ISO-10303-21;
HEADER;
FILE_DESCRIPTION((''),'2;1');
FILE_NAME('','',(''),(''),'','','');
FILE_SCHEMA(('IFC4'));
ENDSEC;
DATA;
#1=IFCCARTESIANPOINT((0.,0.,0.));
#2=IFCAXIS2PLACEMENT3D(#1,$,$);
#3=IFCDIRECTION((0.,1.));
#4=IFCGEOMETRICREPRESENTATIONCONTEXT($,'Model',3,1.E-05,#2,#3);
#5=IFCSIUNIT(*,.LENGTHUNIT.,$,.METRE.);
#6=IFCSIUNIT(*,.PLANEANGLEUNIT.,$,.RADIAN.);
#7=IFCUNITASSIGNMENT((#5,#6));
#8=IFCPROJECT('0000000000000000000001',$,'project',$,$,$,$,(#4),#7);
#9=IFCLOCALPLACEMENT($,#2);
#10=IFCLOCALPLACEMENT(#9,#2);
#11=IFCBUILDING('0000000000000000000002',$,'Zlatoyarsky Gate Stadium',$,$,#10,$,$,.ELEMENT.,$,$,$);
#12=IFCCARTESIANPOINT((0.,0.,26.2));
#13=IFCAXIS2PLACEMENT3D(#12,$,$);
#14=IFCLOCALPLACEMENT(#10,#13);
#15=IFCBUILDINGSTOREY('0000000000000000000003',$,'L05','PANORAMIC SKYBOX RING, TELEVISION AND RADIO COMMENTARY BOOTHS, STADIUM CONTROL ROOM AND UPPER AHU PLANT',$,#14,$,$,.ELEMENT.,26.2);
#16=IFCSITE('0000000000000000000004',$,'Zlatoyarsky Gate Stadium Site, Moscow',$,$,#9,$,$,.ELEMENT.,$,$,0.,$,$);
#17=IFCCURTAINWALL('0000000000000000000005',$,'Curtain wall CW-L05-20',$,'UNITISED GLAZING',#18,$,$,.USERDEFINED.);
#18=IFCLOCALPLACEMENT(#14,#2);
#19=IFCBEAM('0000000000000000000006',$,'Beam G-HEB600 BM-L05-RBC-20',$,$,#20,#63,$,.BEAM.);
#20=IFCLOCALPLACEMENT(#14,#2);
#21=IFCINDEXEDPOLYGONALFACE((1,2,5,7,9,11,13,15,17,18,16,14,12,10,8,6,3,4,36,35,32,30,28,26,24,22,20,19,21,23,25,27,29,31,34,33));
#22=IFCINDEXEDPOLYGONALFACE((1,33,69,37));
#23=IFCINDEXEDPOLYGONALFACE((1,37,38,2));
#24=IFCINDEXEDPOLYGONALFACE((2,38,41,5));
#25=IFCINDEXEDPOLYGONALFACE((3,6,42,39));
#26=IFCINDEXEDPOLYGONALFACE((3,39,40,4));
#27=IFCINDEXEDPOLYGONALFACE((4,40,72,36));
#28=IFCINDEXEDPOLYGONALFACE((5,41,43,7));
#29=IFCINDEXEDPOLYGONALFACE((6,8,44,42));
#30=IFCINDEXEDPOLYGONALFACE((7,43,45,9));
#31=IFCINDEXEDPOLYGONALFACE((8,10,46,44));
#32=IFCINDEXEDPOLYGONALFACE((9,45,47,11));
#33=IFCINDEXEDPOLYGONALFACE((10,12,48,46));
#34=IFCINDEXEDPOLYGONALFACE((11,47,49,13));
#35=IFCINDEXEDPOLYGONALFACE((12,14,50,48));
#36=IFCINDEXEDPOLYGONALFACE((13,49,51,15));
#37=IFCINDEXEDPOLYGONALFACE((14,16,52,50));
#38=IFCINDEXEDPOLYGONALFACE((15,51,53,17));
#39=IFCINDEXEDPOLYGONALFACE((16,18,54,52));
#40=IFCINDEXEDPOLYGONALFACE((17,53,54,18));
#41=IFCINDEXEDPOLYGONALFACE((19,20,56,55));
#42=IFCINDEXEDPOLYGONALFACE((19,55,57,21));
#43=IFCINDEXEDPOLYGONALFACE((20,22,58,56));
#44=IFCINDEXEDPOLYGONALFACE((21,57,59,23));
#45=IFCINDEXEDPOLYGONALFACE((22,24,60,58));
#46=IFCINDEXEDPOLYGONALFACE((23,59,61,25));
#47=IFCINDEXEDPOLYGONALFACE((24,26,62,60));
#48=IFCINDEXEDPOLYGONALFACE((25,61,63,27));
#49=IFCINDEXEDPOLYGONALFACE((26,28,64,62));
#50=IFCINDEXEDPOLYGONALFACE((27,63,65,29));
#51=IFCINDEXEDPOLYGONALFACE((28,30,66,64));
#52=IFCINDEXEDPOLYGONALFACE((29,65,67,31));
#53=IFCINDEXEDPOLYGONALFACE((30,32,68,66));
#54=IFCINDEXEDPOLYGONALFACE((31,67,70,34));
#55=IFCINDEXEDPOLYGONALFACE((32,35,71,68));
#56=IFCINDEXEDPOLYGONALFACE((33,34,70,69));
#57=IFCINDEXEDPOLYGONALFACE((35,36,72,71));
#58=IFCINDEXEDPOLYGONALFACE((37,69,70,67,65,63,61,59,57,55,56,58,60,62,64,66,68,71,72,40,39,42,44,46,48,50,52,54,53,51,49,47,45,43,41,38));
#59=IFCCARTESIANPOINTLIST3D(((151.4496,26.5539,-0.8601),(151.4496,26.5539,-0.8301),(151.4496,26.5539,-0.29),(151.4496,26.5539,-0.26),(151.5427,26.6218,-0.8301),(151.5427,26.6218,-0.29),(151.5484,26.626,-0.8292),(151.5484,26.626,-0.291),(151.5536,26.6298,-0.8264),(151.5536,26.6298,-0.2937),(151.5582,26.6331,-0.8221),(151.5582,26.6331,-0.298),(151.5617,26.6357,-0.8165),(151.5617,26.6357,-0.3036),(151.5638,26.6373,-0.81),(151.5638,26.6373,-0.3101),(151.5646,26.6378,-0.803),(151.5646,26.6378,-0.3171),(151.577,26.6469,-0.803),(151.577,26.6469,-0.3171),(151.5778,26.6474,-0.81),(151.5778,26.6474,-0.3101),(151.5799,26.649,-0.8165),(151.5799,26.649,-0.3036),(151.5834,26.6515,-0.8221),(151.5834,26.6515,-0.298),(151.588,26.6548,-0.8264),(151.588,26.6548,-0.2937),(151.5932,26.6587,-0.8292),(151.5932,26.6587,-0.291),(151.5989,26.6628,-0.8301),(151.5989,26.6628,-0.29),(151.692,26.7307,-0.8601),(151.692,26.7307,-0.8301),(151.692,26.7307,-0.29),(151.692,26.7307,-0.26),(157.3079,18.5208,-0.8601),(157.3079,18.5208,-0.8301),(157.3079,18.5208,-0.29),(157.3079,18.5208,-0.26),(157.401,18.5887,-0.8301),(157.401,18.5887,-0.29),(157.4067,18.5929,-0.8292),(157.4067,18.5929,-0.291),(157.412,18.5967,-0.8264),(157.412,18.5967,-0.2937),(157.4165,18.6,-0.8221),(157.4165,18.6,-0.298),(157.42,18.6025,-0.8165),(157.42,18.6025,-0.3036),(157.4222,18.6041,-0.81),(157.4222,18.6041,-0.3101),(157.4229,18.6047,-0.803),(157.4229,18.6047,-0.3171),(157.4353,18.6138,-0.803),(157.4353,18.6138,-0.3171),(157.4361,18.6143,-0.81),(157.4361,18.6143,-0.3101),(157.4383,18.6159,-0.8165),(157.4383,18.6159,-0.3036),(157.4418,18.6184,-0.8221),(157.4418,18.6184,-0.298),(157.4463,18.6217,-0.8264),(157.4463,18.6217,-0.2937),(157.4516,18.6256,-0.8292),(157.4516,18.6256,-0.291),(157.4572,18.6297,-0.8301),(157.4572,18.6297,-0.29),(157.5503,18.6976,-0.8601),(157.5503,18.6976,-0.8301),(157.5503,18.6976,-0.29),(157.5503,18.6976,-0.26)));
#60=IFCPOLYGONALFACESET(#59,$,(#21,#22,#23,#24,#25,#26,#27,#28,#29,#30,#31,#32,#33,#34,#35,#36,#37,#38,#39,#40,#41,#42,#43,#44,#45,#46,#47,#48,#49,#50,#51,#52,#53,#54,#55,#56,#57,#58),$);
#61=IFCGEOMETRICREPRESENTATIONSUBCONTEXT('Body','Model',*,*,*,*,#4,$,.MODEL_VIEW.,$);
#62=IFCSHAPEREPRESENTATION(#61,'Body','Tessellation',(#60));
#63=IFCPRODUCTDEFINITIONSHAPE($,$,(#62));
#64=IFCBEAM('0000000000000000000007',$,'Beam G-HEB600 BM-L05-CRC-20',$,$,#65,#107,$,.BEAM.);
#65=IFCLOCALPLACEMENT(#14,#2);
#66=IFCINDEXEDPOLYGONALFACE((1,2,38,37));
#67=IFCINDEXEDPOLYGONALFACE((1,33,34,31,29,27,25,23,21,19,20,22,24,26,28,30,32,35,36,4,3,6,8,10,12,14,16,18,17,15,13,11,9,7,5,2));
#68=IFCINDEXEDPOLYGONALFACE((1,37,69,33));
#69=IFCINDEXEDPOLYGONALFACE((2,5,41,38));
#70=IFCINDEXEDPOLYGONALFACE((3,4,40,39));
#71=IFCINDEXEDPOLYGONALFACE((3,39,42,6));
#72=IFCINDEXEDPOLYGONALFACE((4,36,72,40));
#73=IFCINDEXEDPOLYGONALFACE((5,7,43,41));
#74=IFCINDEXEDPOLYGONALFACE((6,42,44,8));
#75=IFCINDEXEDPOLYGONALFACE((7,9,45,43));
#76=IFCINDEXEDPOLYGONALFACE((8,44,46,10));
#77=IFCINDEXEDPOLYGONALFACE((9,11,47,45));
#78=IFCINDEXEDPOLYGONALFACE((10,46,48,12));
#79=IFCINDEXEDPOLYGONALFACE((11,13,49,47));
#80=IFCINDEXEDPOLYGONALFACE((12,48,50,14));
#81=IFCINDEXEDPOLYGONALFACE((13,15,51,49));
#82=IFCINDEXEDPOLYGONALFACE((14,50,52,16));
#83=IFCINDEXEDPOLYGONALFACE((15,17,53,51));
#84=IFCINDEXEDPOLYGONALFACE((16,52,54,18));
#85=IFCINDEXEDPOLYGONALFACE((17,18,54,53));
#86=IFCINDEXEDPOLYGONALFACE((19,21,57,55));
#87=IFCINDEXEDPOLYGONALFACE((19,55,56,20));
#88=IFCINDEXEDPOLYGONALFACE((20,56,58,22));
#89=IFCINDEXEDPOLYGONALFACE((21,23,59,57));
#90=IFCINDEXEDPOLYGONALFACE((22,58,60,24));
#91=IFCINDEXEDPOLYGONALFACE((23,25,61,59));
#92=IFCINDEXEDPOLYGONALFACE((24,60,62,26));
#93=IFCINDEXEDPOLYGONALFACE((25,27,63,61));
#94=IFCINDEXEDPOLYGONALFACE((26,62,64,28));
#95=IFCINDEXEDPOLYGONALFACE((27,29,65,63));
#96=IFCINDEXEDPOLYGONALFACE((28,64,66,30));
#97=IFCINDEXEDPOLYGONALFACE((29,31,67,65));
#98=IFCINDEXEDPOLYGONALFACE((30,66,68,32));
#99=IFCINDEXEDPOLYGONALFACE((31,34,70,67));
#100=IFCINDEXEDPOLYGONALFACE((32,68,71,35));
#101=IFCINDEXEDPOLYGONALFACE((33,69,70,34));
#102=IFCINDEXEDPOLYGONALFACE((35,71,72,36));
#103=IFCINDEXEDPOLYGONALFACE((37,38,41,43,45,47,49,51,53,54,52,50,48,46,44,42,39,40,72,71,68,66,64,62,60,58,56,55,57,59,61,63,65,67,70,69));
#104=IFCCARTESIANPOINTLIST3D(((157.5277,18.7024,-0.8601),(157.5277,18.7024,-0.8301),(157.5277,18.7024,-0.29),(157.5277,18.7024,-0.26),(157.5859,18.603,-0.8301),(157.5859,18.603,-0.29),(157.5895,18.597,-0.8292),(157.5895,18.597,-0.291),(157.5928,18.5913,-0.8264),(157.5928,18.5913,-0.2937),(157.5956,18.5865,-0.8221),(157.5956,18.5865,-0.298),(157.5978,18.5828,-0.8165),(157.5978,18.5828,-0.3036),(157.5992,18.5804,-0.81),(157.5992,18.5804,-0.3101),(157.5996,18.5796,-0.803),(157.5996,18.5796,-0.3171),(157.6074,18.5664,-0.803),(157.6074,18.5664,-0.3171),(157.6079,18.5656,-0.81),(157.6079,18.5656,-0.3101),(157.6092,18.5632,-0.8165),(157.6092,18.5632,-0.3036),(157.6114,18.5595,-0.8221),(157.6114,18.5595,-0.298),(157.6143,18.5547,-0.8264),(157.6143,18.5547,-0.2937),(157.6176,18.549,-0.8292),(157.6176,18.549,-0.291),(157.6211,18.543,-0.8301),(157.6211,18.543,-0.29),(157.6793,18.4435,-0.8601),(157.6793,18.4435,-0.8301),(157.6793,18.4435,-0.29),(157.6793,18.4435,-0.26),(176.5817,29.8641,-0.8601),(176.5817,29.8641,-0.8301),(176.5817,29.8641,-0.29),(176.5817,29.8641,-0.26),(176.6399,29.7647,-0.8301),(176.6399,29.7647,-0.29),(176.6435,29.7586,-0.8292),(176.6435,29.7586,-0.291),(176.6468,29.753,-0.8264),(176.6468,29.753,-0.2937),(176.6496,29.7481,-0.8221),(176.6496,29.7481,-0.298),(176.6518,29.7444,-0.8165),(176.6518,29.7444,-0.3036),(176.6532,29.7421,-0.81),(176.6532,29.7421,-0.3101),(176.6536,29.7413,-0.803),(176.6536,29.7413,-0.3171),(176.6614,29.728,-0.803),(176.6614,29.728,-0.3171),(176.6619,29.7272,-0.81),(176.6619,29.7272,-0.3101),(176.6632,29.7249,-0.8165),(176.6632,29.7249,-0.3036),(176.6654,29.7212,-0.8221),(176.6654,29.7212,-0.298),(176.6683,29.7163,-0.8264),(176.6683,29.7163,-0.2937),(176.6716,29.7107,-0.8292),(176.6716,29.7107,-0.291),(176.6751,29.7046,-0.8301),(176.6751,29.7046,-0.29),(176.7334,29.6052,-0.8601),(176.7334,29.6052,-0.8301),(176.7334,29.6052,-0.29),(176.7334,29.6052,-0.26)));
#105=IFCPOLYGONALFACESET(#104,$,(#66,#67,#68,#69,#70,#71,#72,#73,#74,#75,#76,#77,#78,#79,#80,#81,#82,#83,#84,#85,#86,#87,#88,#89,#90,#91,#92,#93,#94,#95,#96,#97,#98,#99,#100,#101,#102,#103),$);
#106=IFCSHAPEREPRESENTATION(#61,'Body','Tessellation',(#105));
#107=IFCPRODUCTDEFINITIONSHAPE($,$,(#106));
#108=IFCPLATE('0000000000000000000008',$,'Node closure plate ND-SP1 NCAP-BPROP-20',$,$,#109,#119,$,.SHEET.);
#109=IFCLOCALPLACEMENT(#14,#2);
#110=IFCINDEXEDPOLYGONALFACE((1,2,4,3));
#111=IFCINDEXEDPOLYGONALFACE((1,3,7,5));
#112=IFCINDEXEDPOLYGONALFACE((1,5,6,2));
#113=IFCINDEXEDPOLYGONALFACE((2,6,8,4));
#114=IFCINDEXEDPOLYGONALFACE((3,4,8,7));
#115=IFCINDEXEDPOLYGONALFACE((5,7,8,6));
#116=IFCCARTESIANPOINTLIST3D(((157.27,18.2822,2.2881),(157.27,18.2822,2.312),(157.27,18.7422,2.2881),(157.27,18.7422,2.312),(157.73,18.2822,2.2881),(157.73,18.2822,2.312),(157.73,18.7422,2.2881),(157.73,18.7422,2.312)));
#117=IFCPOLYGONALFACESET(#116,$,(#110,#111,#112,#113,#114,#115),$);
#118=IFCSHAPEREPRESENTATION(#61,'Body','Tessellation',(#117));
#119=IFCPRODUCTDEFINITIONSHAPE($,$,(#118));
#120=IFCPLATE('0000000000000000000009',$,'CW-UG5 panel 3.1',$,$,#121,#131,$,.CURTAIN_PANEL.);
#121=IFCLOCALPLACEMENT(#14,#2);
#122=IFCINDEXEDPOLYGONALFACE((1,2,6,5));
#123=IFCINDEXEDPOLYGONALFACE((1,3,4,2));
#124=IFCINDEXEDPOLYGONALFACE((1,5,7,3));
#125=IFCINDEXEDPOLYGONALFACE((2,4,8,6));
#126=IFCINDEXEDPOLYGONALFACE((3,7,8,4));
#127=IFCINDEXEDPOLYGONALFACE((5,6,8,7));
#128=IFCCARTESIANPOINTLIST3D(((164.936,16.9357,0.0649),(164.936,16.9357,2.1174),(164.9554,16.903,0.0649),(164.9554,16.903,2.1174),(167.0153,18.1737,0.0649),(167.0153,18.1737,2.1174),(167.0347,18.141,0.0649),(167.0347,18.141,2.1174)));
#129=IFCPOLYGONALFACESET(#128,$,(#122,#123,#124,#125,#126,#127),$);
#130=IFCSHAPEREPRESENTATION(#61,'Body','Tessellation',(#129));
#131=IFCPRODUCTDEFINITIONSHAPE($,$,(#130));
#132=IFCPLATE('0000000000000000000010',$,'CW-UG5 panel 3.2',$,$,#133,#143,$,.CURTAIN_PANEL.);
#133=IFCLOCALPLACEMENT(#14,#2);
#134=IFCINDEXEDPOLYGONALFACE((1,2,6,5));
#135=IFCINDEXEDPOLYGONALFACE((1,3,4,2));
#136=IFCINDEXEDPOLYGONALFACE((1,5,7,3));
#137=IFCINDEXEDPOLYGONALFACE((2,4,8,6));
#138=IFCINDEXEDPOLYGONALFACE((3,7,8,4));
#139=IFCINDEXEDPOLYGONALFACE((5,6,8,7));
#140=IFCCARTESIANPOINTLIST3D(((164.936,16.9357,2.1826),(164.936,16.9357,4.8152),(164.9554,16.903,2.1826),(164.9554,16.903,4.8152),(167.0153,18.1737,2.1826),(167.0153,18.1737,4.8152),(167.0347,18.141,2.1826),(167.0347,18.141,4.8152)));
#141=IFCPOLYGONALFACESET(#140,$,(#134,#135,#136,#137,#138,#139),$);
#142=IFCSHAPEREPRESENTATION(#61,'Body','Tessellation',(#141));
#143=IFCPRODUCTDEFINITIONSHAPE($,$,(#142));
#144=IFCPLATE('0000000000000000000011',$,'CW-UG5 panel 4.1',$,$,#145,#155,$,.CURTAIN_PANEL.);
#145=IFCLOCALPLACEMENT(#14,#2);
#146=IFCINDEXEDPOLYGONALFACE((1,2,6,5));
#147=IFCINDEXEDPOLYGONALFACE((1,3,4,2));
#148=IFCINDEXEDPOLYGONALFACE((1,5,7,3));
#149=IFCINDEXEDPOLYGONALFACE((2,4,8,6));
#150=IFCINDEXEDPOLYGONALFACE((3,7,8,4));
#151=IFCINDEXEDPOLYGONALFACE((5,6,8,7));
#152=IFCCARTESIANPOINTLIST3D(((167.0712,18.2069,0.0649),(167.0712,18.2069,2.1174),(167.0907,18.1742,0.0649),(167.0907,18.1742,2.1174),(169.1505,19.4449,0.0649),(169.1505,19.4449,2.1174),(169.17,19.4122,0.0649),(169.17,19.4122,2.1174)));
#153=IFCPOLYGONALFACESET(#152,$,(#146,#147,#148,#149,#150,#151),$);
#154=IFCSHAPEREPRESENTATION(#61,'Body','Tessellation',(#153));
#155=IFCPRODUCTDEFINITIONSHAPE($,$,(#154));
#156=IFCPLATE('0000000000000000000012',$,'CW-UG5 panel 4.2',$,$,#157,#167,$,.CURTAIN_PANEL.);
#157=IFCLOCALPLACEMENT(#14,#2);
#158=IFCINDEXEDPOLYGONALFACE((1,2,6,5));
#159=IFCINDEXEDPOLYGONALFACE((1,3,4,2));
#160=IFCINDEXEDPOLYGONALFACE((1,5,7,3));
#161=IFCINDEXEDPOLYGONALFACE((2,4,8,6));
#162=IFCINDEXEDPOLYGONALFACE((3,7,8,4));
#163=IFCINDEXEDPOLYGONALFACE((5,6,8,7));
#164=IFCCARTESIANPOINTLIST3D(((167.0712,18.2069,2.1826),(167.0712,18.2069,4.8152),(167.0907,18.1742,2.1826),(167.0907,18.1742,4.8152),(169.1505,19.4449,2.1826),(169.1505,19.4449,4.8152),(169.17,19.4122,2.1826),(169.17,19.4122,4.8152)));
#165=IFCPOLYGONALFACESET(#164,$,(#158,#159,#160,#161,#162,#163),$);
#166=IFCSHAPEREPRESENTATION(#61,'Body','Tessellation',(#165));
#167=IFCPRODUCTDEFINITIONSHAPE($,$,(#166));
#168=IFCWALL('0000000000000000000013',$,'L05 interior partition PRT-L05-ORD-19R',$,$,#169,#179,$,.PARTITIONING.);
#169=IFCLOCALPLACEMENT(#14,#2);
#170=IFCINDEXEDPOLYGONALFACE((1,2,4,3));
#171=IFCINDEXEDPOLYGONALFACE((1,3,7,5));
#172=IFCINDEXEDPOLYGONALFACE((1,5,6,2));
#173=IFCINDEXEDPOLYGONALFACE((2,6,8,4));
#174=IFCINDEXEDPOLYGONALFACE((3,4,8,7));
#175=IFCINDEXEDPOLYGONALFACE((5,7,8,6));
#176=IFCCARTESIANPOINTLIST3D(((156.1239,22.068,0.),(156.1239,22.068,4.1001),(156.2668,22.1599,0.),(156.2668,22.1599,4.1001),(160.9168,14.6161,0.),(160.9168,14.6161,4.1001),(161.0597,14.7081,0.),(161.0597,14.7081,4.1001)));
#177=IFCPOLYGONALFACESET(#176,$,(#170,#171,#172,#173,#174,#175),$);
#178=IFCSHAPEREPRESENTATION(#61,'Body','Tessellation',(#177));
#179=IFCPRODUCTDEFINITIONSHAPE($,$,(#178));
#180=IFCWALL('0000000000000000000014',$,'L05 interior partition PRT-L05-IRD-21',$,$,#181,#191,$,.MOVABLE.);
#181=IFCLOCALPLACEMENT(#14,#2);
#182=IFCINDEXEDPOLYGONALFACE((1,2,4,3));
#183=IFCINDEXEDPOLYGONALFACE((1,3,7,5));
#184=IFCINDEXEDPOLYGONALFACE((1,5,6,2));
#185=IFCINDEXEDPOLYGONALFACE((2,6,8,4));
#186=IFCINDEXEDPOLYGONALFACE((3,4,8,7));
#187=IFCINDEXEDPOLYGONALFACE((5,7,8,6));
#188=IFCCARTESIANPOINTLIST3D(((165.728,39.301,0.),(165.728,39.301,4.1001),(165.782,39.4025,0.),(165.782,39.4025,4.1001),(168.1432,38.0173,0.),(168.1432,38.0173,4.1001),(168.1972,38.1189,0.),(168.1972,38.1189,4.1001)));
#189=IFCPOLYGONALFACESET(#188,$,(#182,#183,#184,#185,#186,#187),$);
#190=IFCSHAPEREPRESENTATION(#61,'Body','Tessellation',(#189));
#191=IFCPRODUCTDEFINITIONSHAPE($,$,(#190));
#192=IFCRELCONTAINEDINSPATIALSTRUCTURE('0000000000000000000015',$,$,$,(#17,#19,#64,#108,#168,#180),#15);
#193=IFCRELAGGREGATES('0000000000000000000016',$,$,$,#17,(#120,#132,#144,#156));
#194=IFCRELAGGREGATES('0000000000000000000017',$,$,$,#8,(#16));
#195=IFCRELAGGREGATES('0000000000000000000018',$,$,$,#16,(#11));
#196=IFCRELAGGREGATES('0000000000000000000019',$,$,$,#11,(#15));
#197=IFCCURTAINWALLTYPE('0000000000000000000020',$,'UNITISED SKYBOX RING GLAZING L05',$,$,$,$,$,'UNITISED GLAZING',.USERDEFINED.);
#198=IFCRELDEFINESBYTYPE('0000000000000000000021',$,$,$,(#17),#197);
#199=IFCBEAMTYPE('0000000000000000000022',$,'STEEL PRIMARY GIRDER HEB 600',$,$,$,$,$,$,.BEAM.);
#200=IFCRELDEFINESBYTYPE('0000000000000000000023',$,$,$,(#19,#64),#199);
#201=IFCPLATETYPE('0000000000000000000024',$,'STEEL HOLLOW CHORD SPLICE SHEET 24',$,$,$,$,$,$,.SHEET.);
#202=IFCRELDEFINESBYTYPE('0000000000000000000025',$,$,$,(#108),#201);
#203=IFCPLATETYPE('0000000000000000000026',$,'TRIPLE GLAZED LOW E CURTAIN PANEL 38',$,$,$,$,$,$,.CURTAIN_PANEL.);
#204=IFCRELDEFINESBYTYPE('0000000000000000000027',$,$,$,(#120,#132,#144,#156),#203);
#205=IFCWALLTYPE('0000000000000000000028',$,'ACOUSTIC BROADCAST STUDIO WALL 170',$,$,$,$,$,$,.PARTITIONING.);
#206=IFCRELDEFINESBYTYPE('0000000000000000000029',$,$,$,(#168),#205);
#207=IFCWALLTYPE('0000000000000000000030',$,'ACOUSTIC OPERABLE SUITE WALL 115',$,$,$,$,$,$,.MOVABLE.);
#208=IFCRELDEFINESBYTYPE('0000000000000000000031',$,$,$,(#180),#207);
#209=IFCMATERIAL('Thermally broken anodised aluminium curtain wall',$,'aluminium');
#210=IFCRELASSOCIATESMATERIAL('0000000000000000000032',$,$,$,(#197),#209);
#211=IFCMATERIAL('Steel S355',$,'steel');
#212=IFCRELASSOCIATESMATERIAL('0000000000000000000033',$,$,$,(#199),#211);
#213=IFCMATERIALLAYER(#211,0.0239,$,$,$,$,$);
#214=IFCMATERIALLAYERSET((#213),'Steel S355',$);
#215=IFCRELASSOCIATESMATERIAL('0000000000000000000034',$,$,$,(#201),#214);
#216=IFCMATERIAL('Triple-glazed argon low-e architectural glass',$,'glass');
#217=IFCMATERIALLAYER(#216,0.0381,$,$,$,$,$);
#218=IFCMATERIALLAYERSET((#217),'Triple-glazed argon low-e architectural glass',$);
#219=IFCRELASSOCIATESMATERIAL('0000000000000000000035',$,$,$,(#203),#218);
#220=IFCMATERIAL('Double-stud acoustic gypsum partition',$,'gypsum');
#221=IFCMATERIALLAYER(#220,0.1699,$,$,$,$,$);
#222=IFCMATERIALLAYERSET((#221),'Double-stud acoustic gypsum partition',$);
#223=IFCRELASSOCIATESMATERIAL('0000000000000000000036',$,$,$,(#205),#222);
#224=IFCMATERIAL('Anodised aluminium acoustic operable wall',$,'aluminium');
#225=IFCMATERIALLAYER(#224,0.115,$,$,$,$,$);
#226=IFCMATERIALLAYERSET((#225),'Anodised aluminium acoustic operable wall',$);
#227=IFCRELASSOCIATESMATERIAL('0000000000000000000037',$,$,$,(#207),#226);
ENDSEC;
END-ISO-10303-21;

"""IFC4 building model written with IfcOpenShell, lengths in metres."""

from ifc_helpers import new_model, si_unit, direction, frame, frame_2d, origin, origin_2d, place, context, subcontext, project, spatial, rectangle, i_section, extrude, material, layer, layer_set, material_profile, profile_set, type_object, element, aggregate, save


model = new_model("IFC4")

# Units and contexts
model_context = context("Model", 3, precision=1e-05, world=origin(), true_north=direction((0.0, 1.0)))
body_context = subcontext(model_context, "Body", "Model", "MODEL_VIEW")
ifc_project = project(units=[si_unit("LENGTHUNIT", "METRE"), si_unit("PLANEANGLEUNIT", "RADIAN")], contexts=[model_context])

# Site, building, storey
site_placement = place(None, origin())
site = spatial("IfcSite", under=ifc_project, at=site_placement, Name="Zlatoyarsky Gate Stadium Site, Moscow", CompositionType="ELEMENT", RefElevation=0.0)
building_placement = place(site_placement, origin())
building = spatial("IfcBuilding", under=site, at=building_placement, Name="Zlatoyarsky Gate Stadium", CompositionType="ELEMENT")
storey_placement = place(building_placement, frame((0.0, 0.0, 26.2)))
storey = spatial("IfcBuildingStorey", under=building, at=storey_placement, Name="L05", Description="PANORAMIC SKYBOX RING, TELEVISION AND RADIO COMMENTARY BOOTHS, STADIUM CONTROL ROOM AND UPPER AHU PLANT", CompositionType="ELEMENT", Elevation=26.2)

# Shared definitions
ifc_material_1 = material(Name="Steel S355", Category="steel")

# Curtain wall
ifc_material_2 = material(Name="Thermally broken anodised aluminium curtain wall", Category="aluminium")
curtain_wall_type = type_object("IfcCurtainWallType", Name="UNITISED SKYBOX RING GLAZING L05", ElementType="UNITISED GLAZING", PredefinedType="USERDEFINED", material=ifc_material_2)
curtain_wall_placement = place(storey_placement, origin())
curtain_wall = element("IfcCurtainWall", 1, at=curtain_wall_placement, inside=storey, type_object=curtain_wall_type, Name="Curtain wall CW-L05-20", ObjectType="UNITISED GLAZING", PredefinedType="USERDEFINED")

# Beams
ifc_material_profile_1 = material_profile(ifc_material_1, i_section(OverallWidth=0.3, OverallDepth=0.6001, WebThickness=0.0154, FlangeThickness=0.03, FilletRadius=0.0271, at=origin_2d()), Name="HEB 600")
ifc_profile_set_1 = profile_set([ifc_material_profile_1], Name="Steel S355")
beam_type_1 = type_object("IfcBeamType", Name="STEEL PRIMARY GIRDER HEB 600", PredefinedType="BEAM", material=ifc_profile_set_1)
beam_1_placement = place(storey_placement, frame((151.5708, 26.6423, -0.5601), z_axis=(0.589228, -0.807967, 0.0), x_axis=(0.807967, 0.589228, 0.0)))
element("IfcBeam", 2, at=beam_1_placement, inside=storey, type_object=beam_type_1, Name="Beam G-HEB600 BM-L05-RBC-20", PredefinedType="BEAM", context=body_context, shape_type="SweptSolid", body=[
    extrude(i_section(OverallWidth=0.3, OverallDepth=0.6001, WebThickness=0.0154, FlangeThickness=0.03, FilletRadius=0.0271, at=origin_2d()), origin(), (0.0, 0.0, 1.0), 9.9424),
])
beam_2_placement = place(storey_placement, frame((157.6035, 18.573, -0.5601), z_axis=(0.862855, 0.505452, 0.0), x_axis=(-0.505452, 0.862855, 0.0)))
element("IfcBeam", 3, at=beam_2_placement, inside=storey, type_object=beam_type_1, Name="Beam G-HEB600 BM-L05-CRC-20", PredefinedType="BEAM", context=body_context, shape_type="SweptSolid", body=[
    extrude(i_section(OverallWidth=0.3, OverallDepth=0.6001, WebThickness=0.0154, FlangeThickness=0.03, FilletRadius=0.0271, at=origin_2d()), origin(), (0.0, 0.0, 1.0), 22.0825),
])

# Plates
ifc_layer_1 = layer(ifc_material_1, 0.0239)
ifc_layer_set_1 = layer_set([ifc_layer_1], Name="Steel S355")
plate_type_1 = type_object("IfcPlateType", Name="STEEL HOLLOW CHORD SPLICE SHEET 24", PredefinedType="SHEET", material=ifc_layer_set_1)
plate_1_placement = place(storey_placement, frame((157.5, 18.5122, 2.2881), z_axis=(0.0, 0.0, 1.0), x_axis=(1.0, 0.0, 0.0)))
element("IfcPlate", 4, at=plate_1_placement, inside=storey, type_object=plate_type_1, Name="Node closure plate ND-SP1 NCAP-BPROP-20", PredefinedType="SHEET", context=body_context, shape_type="SweptSolid", body=[
    extrude(rectangle(XDim=0.46, YDim=0.46, at=origin_2d()), origin(), (0.0, 0.0, 1.0), 0.0239),
])
ifc_material_3 = material(Name="Triple-glazed argon low-e architectural glass", Category="glass")
ifc_layer_2 = layer(ifc_material_3, 0.0381)
ifc_layer_set_2 = layer_set([ifc_layer_2], Name="Triple-glazed argon low-e architectural glass")
plate_type_2 = type_object("IfcPlateType", Name="TRIPLE GLAZED LOW E CURTAIN PANEL 38", PredefinedType="CURTAIN_PANEL", material=ifc_layer_set_2)
plate_2_placement = place(storey_placement, frame((165.9854, 17.5383, 0.0649), z_axis=(0.0, 0.0, 1.0), x_axis=(0.859237, 0.511577, 0.0)))
plate_2 = element("IfcPlate", 5, at=plate_2_placement, type_object=plate_type_2, Name="CW-UG5 panel 3.1", PredefinedType="CURTAIN_PANEL", context=body_context, shape_type="SweptSolid", body=[
    extrude(rectangle(XDim=2.4199, YDim=0.0381, at=origin_2d()), origin(), (0.0, 0.0, 1.0), 2.0525),
])
plate_3_placement = place(storey_placement, frame((165.9854, 17.5383, 2.1826), z_axis=(0.0, 0.0, 1.0), x_axis=(0.859237, 0.511577, 0.0)))
plate_3 = element("IfcPlate", 6, at=plate_3_placement, type_object=plate_type_2, Name="CW-UG5 panel 3.2", PredefinedType="CURTAIN_PANEL", context=body_context, shape_type="SweptSolid", body=[
    extrude(rectangle(XDim=2.4199, YDim=0.0381, at=origin_2d()), origin(), (0.0, 0.0, 1.0), 2.6326),
])
plate_4_placement = place(storey_placement, frame((168.1206, 18.8096, 0.0649), z_axis=(0.0, 0.0, 1.0), x_axis=(0.859237, 0.511577, 0.0)))
plate_4 = element("IfcPlate", 7, at=plate_4_placement, type_object=plate_type_2, Name="CW-UG5 panel 4.1", PredefinedType="CURTAIN_PANEL", context=body_context, shape_type="SweptSolid", body=[
    extrude(rectangle(XDim=2.4199, YDim=0.0381, at=origin_2d()), origin(), (0.0, 0.0, 1.0), 2.0525),
])
plate_5_placement = place(storey_placement, frame((168.1206, 18.8096, 2.1826), z_axis=(0.0, 0.0, 1.0), x_axis=(0.859237, 0.511577, 0.0)))
plate_5 = element("IfcPlate", 8, at=plate_5_placement, type_object=plate_type_2, Name="CW-UG5 panel 4.2", PredefinedType="CURTAIN_PANEL", context=body_context, shape_type="SweptSolid", body=[
    extrude(rectangle(XDim=2.4199, YDim=0.0381, at=origin_2d()), origin(), (0.0, 0.0, 1.0), 2.6326),
])
aggregate(curtain_wall, [plate_2, plate_3, plate_4, plate_5])

# Walls
ifc_material_4 = material(Name="Double-stud acoustic gypsum partition", Category="gypsum")
ifc_layer_3 = layer(ifc_material_4, 0.1699)
ifc_layer_set_3 = layer_set([ifc_layer_3], Name="Double-stud acoustic gypsum partition")
wall_type_1 = type_object("IfcWallType", Name="ACOUSTIC BROADCAST STUDIO WALL 170", PredefinedType="PARTITIONING", material=ifc_layer_set_3)
wall_1_placement = place(storey_placement, frame((156.1953, 22.114, 0.0), z_axis=(0.0, 0.0, 1.0), x_axis=(0.540954, -0.841052, 0.0)))
element("IfcWall", 9, at=wall_1_placement, inside=storey, type_object=wall_type_1, Name="L05 interior partition PRT-L05-ORD-19R", PredefinedType="PARTITIONING", context=body_context, shape_type="SweptSolid", body=[
    extrude(rectangle(XDim=8.8601, YDim=0.1699, at=frame_2d((4.4302, 0.0))), origin(), (0.0, 0.0, 1.0), 4.1001),
])
ifc_material_5 = material(Name="Anodised aluminium acoustic operable wall", Category="aluminium")
ifc_layer_4 = layer(ifc_material_5, 0.115)
ifc_layer_set_4 = layer_set([ifc_layer_4], Name="Anodised aluminium acoustic operable wall")
wall_type_2 = type_object("IfcWallType", Name="ACOUSTIC OPERABLE SUITE WALL 115", PredefinedType="MOVABLE", material=ifc_layer_set_4)
wall_2_placement = place(storey_placement, frame((165.7549, 39.3518, 0.0), z_axis=(0.0, 0.0, 1.0), x_axis=(0.883029, -0.469318, 0.0)))
element("IfcWall", 10, at=wall_2_placement, inside=storey, type_object=wall_type_2, Name="L05 interior partition PRT-L05-IRD-21", PredefinedType="MOVABLE", context=body_context, shape_type="SweptSolid", body=[
    extrude(rectangle(XDim=2.7351, YDim=0.115, at=frame_2d((1.3677, 0.0))), origin(), (0.0, 0.0, 1.0), 4.1001),
])

save(model, "model.ifc")
